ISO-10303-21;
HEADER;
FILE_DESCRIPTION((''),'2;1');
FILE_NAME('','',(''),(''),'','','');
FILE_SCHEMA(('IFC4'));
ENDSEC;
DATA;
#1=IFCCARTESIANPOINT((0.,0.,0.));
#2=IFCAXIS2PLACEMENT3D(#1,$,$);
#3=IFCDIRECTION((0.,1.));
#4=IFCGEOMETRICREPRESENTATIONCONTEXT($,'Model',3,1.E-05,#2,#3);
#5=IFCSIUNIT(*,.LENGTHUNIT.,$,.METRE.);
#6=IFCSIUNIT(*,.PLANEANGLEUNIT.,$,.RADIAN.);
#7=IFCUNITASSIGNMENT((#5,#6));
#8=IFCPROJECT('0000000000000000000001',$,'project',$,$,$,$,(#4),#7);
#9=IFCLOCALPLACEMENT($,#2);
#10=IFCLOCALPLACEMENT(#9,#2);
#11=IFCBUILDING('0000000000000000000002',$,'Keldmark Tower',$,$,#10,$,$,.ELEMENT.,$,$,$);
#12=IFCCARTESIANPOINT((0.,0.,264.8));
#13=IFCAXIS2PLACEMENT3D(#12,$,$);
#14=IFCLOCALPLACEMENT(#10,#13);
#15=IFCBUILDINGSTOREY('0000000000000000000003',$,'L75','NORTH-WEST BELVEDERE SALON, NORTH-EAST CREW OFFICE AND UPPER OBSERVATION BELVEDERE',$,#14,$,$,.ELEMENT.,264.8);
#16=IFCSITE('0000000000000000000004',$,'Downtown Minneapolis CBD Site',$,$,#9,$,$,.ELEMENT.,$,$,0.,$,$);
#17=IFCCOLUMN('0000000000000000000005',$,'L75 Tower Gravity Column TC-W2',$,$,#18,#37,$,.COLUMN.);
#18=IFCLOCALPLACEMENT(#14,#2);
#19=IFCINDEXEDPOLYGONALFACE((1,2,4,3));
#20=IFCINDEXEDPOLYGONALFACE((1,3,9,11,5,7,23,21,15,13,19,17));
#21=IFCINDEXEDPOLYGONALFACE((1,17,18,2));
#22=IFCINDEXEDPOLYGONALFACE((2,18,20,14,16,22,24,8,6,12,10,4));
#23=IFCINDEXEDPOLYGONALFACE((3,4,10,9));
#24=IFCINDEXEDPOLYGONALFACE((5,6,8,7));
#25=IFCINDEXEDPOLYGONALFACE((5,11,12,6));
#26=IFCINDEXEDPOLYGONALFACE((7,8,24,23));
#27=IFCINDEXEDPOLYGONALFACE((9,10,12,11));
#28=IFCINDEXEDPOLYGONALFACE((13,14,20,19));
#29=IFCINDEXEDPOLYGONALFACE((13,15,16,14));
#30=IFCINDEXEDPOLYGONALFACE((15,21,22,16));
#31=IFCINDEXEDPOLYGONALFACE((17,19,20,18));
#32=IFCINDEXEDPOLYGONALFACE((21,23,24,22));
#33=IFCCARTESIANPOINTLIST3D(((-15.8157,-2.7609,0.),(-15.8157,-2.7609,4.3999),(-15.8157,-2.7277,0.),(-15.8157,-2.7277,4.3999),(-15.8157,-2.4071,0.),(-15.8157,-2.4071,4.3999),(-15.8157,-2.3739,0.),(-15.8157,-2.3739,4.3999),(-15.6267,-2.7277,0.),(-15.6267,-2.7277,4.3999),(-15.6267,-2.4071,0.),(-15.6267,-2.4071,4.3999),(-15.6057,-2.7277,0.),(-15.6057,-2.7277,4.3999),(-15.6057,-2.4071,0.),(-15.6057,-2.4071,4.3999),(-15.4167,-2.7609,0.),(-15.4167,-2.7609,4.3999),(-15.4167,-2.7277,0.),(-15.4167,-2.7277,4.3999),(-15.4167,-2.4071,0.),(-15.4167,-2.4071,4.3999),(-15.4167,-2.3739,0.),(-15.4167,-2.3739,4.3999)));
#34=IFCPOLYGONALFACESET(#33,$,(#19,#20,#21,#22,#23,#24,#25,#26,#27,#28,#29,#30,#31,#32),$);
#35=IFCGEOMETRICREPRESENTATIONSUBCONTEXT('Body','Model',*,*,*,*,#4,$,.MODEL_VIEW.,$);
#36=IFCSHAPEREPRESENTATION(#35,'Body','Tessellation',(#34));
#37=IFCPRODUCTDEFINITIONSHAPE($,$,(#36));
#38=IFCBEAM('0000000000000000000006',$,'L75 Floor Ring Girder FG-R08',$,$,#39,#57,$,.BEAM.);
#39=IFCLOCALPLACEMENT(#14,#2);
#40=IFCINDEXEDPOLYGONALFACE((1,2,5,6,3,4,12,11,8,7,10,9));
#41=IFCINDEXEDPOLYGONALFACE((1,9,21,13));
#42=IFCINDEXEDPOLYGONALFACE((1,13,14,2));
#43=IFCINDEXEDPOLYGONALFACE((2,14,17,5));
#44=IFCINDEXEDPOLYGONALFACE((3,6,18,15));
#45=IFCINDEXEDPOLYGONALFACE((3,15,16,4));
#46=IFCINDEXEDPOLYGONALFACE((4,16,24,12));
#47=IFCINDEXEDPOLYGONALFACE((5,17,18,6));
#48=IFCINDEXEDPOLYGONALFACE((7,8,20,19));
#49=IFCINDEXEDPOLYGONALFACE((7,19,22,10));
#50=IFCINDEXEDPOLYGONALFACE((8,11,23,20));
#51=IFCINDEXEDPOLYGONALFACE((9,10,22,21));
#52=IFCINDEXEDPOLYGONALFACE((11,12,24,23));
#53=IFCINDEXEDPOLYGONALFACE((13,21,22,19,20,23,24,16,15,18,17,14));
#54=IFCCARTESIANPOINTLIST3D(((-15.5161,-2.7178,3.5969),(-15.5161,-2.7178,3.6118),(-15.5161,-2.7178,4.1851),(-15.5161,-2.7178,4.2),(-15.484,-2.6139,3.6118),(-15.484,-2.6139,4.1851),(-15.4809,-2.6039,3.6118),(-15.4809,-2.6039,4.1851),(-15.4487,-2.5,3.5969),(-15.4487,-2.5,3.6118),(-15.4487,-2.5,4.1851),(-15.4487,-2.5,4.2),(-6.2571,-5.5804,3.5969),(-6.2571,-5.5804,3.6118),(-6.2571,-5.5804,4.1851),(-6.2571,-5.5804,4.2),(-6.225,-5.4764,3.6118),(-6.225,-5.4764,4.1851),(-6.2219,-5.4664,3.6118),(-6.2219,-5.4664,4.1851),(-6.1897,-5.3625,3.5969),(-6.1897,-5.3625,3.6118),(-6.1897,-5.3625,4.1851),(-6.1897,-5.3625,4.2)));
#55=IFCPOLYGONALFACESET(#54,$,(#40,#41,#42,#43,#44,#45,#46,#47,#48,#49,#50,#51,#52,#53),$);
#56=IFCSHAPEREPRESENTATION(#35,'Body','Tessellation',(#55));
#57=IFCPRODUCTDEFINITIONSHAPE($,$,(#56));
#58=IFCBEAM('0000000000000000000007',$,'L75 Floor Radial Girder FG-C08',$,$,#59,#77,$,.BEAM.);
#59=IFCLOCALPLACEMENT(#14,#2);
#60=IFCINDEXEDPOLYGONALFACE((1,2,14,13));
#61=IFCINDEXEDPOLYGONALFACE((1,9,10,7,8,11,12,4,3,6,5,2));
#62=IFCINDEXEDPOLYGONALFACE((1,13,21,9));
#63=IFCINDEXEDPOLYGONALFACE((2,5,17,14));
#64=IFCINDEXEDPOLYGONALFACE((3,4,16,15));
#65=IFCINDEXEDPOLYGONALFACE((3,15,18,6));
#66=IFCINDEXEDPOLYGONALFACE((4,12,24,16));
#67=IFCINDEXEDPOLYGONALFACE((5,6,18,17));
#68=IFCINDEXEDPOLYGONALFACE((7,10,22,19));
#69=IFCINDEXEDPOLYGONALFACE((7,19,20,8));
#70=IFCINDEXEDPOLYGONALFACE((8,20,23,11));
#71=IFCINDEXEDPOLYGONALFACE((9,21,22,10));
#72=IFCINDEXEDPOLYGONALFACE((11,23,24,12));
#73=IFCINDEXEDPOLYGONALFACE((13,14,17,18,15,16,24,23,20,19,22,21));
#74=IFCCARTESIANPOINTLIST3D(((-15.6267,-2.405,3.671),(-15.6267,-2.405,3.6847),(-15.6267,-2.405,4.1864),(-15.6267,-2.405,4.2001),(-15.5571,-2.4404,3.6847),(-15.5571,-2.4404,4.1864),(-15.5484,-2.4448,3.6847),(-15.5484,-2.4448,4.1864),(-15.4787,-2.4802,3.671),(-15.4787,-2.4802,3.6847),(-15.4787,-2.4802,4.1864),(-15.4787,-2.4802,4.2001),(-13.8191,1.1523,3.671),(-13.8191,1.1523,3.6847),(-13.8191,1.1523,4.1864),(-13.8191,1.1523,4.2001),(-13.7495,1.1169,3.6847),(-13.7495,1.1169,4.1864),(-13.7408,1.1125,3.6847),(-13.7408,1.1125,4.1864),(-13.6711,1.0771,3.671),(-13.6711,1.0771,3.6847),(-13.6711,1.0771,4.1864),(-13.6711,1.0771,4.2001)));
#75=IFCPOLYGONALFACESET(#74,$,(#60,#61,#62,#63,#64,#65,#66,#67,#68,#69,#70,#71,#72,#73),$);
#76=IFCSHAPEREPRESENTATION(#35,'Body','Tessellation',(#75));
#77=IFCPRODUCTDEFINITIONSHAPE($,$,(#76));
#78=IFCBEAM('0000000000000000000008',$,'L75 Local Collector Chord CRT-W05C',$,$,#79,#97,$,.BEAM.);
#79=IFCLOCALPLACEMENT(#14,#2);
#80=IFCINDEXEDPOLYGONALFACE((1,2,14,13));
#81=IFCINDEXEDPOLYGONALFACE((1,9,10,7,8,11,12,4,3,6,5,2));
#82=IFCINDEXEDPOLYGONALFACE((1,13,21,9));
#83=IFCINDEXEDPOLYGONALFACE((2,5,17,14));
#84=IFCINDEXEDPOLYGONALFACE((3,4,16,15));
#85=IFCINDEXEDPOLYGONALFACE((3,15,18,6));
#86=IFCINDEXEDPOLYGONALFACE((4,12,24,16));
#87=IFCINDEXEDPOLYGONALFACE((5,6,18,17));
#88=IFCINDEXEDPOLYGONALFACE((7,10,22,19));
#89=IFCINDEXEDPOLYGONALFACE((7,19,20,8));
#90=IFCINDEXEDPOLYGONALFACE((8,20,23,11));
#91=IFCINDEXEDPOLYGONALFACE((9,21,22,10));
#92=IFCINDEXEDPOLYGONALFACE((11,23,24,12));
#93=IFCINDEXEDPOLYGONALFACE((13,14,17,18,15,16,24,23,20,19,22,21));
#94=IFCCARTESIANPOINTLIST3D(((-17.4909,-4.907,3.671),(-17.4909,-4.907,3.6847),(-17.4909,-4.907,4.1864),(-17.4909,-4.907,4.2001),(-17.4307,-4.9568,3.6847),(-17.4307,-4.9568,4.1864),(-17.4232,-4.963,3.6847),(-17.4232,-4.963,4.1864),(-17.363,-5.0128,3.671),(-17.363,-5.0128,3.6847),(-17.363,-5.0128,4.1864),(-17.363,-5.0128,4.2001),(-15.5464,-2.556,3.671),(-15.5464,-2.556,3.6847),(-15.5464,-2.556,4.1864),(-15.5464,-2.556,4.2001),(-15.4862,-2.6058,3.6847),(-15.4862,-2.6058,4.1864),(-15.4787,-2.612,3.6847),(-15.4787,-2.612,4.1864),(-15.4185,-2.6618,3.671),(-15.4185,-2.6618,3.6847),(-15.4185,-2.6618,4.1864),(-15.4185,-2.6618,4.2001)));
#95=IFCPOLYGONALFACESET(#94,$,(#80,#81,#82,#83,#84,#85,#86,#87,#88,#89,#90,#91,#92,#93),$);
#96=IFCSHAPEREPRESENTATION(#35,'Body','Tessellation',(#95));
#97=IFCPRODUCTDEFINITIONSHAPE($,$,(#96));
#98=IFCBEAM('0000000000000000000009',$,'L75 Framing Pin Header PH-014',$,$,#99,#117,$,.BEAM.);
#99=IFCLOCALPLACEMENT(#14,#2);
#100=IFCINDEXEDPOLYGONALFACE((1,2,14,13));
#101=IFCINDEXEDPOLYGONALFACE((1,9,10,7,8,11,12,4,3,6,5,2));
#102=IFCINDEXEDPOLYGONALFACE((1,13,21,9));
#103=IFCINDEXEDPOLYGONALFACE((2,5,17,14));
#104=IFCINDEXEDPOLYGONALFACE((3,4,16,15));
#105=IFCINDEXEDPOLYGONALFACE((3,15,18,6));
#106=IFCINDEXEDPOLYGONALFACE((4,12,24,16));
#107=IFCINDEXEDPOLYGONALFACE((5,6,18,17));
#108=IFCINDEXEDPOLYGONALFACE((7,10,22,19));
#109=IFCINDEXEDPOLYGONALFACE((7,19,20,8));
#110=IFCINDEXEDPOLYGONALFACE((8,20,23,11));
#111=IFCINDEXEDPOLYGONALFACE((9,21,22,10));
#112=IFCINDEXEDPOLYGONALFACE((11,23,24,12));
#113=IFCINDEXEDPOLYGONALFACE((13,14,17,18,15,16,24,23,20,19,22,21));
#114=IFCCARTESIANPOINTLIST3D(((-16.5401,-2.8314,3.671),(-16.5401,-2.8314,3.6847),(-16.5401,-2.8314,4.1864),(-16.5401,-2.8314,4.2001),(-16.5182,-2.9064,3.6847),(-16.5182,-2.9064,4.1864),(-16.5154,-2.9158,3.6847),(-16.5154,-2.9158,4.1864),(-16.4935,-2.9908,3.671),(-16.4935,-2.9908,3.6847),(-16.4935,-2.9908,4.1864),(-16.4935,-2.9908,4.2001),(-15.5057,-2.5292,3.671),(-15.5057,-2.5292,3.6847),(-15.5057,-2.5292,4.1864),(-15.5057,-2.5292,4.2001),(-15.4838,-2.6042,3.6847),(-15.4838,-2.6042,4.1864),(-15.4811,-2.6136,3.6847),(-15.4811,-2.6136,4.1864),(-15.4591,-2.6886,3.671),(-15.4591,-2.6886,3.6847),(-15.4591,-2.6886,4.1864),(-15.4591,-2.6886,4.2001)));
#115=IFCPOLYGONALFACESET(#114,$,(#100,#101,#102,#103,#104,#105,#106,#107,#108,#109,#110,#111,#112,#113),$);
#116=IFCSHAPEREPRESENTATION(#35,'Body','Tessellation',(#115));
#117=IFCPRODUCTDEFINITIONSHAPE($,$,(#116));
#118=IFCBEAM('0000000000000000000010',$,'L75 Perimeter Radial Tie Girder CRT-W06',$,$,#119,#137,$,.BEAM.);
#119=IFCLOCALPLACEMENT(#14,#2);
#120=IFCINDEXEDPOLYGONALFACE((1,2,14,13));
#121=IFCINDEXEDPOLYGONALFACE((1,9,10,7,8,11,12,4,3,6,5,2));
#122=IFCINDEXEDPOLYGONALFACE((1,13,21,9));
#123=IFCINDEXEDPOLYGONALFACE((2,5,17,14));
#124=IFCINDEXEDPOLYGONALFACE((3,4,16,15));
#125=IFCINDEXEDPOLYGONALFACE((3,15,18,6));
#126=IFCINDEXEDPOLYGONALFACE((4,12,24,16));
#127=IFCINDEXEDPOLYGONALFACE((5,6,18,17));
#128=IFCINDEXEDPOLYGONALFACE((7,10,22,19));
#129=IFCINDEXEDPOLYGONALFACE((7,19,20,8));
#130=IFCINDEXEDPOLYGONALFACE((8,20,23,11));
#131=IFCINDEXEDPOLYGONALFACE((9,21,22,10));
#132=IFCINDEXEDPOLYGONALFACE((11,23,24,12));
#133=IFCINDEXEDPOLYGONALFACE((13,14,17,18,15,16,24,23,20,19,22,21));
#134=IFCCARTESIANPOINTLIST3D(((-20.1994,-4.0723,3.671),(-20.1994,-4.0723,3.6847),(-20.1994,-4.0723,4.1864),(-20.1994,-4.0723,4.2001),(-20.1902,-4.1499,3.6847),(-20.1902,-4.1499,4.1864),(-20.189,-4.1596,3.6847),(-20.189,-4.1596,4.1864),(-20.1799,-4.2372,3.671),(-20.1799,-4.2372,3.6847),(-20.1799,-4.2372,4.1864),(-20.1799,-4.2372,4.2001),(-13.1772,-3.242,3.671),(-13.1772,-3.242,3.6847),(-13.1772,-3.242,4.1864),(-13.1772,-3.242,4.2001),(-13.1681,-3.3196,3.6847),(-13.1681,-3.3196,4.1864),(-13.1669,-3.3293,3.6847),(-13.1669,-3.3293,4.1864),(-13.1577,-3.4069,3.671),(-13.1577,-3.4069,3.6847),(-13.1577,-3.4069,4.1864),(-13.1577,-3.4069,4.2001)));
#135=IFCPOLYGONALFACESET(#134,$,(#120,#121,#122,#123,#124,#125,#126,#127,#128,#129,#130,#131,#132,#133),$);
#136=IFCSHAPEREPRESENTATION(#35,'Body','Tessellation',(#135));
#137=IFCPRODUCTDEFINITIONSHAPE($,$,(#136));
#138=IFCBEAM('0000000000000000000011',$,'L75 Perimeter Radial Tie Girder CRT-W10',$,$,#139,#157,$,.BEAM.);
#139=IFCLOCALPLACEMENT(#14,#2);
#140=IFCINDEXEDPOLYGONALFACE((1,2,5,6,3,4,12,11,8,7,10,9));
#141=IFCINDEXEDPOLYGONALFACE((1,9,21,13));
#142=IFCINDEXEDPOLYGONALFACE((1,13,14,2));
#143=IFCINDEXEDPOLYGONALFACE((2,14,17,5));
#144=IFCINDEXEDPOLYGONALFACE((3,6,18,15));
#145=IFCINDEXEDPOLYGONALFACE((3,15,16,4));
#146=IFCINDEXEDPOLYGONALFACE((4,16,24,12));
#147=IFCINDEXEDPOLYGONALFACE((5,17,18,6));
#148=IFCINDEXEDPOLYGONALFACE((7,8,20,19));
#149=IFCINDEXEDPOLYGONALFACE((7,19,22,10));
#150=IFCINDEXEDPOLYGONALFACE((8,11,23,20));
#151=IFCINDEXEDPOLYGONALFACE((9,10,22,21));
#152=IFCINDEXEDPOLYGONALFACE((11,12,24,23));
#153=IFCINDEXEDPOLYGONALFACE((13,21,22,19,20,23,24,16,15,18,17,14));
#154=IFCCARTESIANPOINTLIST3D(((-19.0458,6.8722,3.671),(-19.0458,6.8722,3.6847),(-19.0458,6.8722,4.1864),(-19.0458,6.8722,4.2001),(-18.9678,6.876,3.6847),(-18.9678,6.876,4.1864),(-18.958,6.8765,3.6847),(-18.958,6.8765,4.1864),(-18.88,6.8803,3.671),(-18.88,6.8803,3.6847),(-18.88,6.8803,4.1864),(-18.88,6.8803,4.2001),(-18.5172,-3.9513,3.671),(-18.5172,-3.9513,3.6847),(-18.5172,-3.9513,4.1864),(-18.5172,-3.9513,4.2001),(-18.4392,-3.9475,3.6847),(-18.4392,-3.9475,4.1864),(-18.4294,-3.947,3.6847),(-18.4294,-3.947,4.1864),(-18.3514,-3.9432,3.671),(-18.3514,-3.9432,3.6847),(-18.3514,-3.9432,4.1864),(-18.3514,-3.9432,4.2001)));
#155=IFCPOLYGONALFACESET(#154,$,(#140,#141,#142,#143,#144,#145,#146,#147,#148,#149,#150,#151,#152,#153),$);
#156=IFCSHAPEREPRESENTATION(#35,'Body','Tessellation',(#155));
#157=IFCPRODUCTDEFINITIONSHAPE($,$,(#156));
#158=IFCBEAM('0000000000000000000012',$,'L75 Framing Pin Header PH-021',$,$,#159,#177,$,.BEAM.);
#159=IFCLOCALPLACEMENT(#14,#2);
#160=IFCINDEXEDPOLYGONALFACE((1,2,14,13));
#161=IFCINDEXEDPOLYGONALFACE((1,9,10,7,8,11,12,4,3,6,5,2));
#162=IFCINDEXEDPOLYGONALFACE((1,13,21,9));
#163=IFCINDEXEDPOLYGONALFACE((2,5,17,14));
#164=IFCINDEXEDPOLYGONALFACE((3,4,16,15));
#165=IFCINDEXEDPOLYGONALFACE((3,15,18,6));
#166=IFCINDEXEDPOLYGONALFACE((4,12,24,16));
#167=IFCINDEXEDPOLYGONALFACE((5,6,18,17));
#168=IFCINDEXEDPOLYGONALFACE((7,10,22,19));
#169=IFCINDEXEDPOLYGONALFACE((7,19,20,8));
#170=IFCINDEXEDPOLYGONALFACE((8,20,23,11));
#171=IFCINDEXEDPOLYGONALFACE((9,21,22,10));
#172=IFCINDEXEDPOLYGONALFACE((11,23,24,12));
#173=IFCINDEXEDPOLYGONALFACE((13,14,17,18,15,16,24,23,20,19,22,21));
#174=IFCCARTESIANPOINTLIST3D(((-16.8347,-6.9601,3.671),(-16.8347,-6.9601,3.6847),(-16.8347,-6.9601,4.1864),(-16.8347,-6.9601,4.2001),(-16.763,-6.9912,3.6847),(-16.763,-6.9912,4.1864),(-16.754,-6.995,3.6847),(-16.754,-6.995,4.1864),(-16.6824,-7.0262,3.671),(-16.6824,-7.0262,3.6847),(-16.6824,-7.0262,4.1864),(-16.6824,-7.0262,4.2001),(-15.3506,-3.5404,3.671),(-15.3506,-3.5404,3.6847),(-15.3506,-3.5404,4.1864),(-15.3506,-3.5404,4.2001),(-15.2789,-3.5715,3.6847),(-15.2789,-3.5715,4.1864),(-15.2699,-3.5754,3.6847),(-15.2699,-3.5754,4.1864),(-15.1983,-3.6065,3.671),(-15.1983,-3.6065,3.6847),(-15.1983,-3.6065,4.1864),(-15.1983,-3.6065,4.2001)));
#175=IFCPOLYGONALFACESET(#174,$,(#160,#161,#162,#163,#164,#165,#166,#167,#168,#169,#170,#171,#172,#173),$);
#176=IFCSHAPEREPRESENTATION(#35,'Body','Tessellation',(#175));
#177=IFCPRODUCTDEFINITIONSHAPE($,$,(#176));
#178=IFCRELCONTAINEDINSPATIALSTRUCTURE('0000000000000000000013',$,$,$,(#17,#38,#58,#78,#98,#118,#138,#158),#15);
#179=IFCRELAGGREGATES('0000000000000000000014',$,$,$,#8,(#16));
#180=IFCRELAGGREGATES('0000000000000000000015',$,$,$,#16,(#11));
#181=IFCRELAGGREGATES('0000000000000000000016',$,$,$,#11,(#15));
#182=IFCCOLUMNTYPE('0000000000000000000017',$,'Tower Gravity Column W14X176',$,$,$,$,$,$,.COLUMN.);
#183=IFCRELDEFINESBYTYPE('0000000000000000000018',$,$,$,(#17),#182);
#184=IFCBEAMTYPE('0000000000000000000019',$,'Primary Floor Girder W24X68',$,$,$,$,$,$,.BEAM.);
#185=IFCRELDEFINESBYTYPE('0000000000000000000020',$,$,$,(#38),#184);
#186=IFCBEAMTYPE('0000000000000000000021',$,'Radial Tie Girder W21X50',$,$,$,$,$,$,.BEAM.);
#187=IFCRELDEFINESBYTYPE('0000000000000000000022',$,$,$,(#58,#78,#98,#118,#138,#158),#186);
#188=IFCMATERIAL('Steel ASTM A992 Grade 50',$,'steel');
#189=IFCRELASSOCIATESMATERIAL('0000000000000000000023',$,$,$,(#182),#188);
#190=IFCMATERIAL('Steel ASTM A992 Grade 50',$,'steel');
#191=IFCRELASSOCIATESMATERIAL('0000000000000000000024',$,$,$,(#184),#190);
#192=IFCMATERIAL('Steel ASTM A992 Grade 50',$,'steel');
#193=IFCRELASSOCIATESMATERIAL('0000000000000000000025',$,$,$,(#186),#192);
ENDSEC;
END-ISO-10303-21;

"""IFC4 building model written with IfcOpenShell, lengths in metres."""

from ifc_helpers import new_model, si_unit, direction, frame, origin, origin_2d, place, context, subcontext, project, spatial, i_section, extrude, material, material_profile, profile_set, type_object, element, save


model = new_model("IFC4")

# Units and contexts
model_context = context("Model", 3, precision=1e-05, world=origin(), true_north=direction((0.0, 1.0)))
body_context = subcontext(model_context, "Body", "Model", "MODEL_VIEW")
ifc_project = project(units=[si_unit("LENGTHUNIT", "METRE"), si_unit("PLANEANGLEUNIT", "RADIAN")], contexts=[model_context])

# Site, building, storey
site_placement = place(None, origin())
site = spatial("IfcSite", under=ifc_project, at=site_placement, Name="Downtown Minneapolis CBD Site", CompositionType="ELEMENT", RefElevation=0.0)
building_placement = place(site_placement, origin())
building = spatial("IfcBuilding", under=site, at=building_placement, Name="Keldmark Tower", CompositionType="ELEMENT")
storey_placement = place(building_placement, frame((0.0, 0.0, 264.8)))
storey = spatial("IfcBuildingStorey", under=building, at=storey_placement, Name="L75", Description="NORTH-WEST BELVEDERE SALON, NORTH-EAST CREW OFFICE AND UPPER OBSERVATION BELVEDERE", CompositionType="ELEMENT", Elevation=264.8)

# Column
ifc_material_1 = material(Name="Steel ASTM A992 Grade 50", Category="steel")
ifc_material_profile_1 = material_profile(ifc_material_1, i_section(OverallWidth=0.3989, OverallDepth=0.387, WebThickness=0.021, FlangeThickness=0.0332, at=origin_2d()), Name="W14X176")
ifc_profile_set_1 = profile_set([ifc_material_profile_1], Name="Steel ASTM A992 Grade 50")
column_type = type_object("IfcColumnType", Name="Tower Gravity Column W14X176", PredefinedType="COLUMN", material=ifc_profile_set_1)
column_placement = place(storey_placement, frame((-15.6162, -2.5674, 0.0), z_axis=(0.0, 0.0, 1.0), x_axis=(1.0, 0.0, 0.0)))
element("IfcColumn", 1, at=column_placement, inside=storey, type_object=column_type, Name="L75 Tower Gravity Column TC-W2", PredefinedType="COLUMN", context=body_context, shape_type="SweptSolid", body=[
    extrude(i_section(OverallWidth=0.3989, OverallDepth=0.387, WebThickness=0.021, FlangeThickness=0.0332, at=origin_2d()), origin(), (0.0, 0.0, 1.0), 4.3999),
])

# Beams
ifc_material_2 = material(Name="Steel ASTM A992 Grade 50", Category="steel")
ifc_material_profile_2 = material_profile(ifc_material_2, i_section(OverallWidth=0.228, OverallDepth=0.603, WebThickness=0.0105, FlangeThickness=0.0149, at=origin_2d()), Name="W24X68")
ifc_profile_set_2 = profile_set([ifc_material_profile_2], Name="Steel ASTM A992 Grade 50")
beam_type_1 = type_object("IfcBeamType", Name="Primary Floor Girder W24X68", PredefinedType="BEAM", material=ifc_profile_set_2)
beam_1_placement = place(storey_placement, frame((-15.4824, -2.6089, 3.8984), z_axis=(0.955383, -0.295369, 0.0), x_axis=(0.295369, 0.955383, 0.0)))
element("IfcBeam", 2, at=beam_1_placement, inside=storey, type_object=beam_type_1, Name="L75 Floor Ring Girder FG-R08", PredefinedType="BEAM", context=body_context, shape_type="SweptSolid", body=[
    extrude(i_section(OverallWidth=0.228, OverallDepth=0.603, WebThickness=0.0105, FlangeThickness=0.0149, at=origin_2d()), origin(), (0.0, 0.0, 1.0), 9.6914),
])
ifc_material_3 = material(Name="Steel ASTM A992 Grade 50", Category="steel")
ifc_material_profile_3 = material_profile(ifc_material_3, i_section(OverallWidth=0.166, OverallDepth=0.5291, WebThickness=0.0098, FlangeThickness=0.0137, at=origin_2d()), Name="W21X50")
ifc_profile_set_3 = profile_set([ifc_material_profile_3], Name="Steel ASTM A992 Grade 50")
beam_type_2 = type_object("IfcBeamType", Name="Radial Tie Girder W21X50", PredefinedType="BEAM", material=ifc_profile_set_3)
beam_2_placement = place(storey_placement, frame((-15.5527, -2.4426, 3.9355), z_axis=(0.453004, 0.891508, 0.0), x_axis=(-0.891508, 0.453004, 0.0)))
element("IfcBeam", 3, at=beam_2_placement, inside=storey, type_object=beam_type_2, Name="L75 Floor Radial Girder FG-C08", PredefinedType="BEAM", context=body_context, shape_type="SweptSolid", body=[
    extrude(i_section(OverallWidth=0.166, OverallDepth=0.5291, WebThickness=0.0098, FlangeThickness=0.0137, at=origin_2d()), origin(), (0.0, 0.0, 1.0), 3.9902),
])
beam_3_placement = place(storey_placement, frame((-15.4824, -2.6089, 3.9355), z_axis=(-0.637347, -0.770577, 0.0), x_axis=(0.770577, -0.637347, 0.0)))
element("IfcBeam", 4, at=beam_3_placement, inside=storey, type_object=beam_type_2, Name="L75 Local Collector Chord CRT-W05C", PredefinedType="BEAM", context=body_context, shape_type="SweptSolid", body=[
    extrude(i_section(OverallWidth=0.166, OverallDepth=0.5291, WebThickness=0.0098, FlangeThickness=0.0137, at=origin_2d()), origin(), (0.0, 0.0, 1.0), 3.051),
])
beam_4_placement = place(storey_placement, frame((-15.4824, -2.6089, 3.9355), z_axis=(-0.959865, -0.280461, 0.0), x_axis=(0.280461, -0.959865, 0.0)))
element("IfcBeam", 5, at=beam_4_placement, inside=storey, type_object=beam_type_2, Name="L75 Framing Pin Header PH-014", PredefinedType="BEAM", context=body_context, shape_type="SweptSolid", body=[
    extrude(i_section(OverallWidth=0.166, OverallDepth=0.5291, WebThickness=0.0098, FlangeThickness=0.0137, at=origin_2d()), origin(), (0.0, 0.0, 1.0), 1.0776),
])
beam_5_placement = place(storey_placement, frame((-13.1675, -3.3245, 3.9355), z_axis=(-0.993082, -0.117424, 0.0), x_axis=(0.117424, -0.993082, 0.0)))
element("IfcBeam", 6, at=beam_5_placement, inside=storey, type_object=beam_type_2, Name="L75 Perimeter Radial Tie Girder CRT-W06", PredefinedType="BEAM", context=body_context, shape_type="SweptSolid", body=[
    extrude(i_section(OverallWidth=0.166, OverallDepth=0.5291, WebThickness=0.0098, FlangeThickness=0.0137, at=origin_2d()), origin(), (0.0, 0.0, 1.0), 7.071),
])
beam_6_placement = place(storey_placement, frame((-18.4343, -3.9473, 3.9355), z_axis=(-0.048777, 0.99881, 0.0), x_axis=(-0.99881, -0.048777, 0.0)))
element("IfcBeam", 7, at=beam_6_placement, inside=storey, type_object=beam_type_2, Name="L75 Perimeter Radial Tie Girder CRT-W10", PredefinedType="BEAM", context=body_context, shape_type="SweptSolid", body=[
    extrude(i_section(OverallWidth=0.166, OverallDepth=0.5291, WebThickness=0.0098, FlangeThickness=0.0137, at=origin_2d()), origin(), (0.0, 0.0, 1.0), 10.8364),
])
beam_7_placement = place(storey_placement, frame((-15.2744, -3.5735, 3.9355), z_axis=(-0.39812, -0.917333, 0.0), x_axis=(0.917333, -0.39812, 0.0)))
element("IfcBeam", 8, at=beam_7_placement, inside=storey, type_object=beam_type_2, Name="L75 Framing Pin Header PH-021", PredefinedType="BEAM", context=body_context, shape_type="SweptSolid", body=[
    extrude(i_section(OverallWidth=0.166, OverallDepth=0.5291, WebThickness=0.0098, FlangeThickness=0.0137, at=origin_2d()), origin(), (0.0, 0.0, 1.0), 3.7278),
])

save(model, "model.ifc")
